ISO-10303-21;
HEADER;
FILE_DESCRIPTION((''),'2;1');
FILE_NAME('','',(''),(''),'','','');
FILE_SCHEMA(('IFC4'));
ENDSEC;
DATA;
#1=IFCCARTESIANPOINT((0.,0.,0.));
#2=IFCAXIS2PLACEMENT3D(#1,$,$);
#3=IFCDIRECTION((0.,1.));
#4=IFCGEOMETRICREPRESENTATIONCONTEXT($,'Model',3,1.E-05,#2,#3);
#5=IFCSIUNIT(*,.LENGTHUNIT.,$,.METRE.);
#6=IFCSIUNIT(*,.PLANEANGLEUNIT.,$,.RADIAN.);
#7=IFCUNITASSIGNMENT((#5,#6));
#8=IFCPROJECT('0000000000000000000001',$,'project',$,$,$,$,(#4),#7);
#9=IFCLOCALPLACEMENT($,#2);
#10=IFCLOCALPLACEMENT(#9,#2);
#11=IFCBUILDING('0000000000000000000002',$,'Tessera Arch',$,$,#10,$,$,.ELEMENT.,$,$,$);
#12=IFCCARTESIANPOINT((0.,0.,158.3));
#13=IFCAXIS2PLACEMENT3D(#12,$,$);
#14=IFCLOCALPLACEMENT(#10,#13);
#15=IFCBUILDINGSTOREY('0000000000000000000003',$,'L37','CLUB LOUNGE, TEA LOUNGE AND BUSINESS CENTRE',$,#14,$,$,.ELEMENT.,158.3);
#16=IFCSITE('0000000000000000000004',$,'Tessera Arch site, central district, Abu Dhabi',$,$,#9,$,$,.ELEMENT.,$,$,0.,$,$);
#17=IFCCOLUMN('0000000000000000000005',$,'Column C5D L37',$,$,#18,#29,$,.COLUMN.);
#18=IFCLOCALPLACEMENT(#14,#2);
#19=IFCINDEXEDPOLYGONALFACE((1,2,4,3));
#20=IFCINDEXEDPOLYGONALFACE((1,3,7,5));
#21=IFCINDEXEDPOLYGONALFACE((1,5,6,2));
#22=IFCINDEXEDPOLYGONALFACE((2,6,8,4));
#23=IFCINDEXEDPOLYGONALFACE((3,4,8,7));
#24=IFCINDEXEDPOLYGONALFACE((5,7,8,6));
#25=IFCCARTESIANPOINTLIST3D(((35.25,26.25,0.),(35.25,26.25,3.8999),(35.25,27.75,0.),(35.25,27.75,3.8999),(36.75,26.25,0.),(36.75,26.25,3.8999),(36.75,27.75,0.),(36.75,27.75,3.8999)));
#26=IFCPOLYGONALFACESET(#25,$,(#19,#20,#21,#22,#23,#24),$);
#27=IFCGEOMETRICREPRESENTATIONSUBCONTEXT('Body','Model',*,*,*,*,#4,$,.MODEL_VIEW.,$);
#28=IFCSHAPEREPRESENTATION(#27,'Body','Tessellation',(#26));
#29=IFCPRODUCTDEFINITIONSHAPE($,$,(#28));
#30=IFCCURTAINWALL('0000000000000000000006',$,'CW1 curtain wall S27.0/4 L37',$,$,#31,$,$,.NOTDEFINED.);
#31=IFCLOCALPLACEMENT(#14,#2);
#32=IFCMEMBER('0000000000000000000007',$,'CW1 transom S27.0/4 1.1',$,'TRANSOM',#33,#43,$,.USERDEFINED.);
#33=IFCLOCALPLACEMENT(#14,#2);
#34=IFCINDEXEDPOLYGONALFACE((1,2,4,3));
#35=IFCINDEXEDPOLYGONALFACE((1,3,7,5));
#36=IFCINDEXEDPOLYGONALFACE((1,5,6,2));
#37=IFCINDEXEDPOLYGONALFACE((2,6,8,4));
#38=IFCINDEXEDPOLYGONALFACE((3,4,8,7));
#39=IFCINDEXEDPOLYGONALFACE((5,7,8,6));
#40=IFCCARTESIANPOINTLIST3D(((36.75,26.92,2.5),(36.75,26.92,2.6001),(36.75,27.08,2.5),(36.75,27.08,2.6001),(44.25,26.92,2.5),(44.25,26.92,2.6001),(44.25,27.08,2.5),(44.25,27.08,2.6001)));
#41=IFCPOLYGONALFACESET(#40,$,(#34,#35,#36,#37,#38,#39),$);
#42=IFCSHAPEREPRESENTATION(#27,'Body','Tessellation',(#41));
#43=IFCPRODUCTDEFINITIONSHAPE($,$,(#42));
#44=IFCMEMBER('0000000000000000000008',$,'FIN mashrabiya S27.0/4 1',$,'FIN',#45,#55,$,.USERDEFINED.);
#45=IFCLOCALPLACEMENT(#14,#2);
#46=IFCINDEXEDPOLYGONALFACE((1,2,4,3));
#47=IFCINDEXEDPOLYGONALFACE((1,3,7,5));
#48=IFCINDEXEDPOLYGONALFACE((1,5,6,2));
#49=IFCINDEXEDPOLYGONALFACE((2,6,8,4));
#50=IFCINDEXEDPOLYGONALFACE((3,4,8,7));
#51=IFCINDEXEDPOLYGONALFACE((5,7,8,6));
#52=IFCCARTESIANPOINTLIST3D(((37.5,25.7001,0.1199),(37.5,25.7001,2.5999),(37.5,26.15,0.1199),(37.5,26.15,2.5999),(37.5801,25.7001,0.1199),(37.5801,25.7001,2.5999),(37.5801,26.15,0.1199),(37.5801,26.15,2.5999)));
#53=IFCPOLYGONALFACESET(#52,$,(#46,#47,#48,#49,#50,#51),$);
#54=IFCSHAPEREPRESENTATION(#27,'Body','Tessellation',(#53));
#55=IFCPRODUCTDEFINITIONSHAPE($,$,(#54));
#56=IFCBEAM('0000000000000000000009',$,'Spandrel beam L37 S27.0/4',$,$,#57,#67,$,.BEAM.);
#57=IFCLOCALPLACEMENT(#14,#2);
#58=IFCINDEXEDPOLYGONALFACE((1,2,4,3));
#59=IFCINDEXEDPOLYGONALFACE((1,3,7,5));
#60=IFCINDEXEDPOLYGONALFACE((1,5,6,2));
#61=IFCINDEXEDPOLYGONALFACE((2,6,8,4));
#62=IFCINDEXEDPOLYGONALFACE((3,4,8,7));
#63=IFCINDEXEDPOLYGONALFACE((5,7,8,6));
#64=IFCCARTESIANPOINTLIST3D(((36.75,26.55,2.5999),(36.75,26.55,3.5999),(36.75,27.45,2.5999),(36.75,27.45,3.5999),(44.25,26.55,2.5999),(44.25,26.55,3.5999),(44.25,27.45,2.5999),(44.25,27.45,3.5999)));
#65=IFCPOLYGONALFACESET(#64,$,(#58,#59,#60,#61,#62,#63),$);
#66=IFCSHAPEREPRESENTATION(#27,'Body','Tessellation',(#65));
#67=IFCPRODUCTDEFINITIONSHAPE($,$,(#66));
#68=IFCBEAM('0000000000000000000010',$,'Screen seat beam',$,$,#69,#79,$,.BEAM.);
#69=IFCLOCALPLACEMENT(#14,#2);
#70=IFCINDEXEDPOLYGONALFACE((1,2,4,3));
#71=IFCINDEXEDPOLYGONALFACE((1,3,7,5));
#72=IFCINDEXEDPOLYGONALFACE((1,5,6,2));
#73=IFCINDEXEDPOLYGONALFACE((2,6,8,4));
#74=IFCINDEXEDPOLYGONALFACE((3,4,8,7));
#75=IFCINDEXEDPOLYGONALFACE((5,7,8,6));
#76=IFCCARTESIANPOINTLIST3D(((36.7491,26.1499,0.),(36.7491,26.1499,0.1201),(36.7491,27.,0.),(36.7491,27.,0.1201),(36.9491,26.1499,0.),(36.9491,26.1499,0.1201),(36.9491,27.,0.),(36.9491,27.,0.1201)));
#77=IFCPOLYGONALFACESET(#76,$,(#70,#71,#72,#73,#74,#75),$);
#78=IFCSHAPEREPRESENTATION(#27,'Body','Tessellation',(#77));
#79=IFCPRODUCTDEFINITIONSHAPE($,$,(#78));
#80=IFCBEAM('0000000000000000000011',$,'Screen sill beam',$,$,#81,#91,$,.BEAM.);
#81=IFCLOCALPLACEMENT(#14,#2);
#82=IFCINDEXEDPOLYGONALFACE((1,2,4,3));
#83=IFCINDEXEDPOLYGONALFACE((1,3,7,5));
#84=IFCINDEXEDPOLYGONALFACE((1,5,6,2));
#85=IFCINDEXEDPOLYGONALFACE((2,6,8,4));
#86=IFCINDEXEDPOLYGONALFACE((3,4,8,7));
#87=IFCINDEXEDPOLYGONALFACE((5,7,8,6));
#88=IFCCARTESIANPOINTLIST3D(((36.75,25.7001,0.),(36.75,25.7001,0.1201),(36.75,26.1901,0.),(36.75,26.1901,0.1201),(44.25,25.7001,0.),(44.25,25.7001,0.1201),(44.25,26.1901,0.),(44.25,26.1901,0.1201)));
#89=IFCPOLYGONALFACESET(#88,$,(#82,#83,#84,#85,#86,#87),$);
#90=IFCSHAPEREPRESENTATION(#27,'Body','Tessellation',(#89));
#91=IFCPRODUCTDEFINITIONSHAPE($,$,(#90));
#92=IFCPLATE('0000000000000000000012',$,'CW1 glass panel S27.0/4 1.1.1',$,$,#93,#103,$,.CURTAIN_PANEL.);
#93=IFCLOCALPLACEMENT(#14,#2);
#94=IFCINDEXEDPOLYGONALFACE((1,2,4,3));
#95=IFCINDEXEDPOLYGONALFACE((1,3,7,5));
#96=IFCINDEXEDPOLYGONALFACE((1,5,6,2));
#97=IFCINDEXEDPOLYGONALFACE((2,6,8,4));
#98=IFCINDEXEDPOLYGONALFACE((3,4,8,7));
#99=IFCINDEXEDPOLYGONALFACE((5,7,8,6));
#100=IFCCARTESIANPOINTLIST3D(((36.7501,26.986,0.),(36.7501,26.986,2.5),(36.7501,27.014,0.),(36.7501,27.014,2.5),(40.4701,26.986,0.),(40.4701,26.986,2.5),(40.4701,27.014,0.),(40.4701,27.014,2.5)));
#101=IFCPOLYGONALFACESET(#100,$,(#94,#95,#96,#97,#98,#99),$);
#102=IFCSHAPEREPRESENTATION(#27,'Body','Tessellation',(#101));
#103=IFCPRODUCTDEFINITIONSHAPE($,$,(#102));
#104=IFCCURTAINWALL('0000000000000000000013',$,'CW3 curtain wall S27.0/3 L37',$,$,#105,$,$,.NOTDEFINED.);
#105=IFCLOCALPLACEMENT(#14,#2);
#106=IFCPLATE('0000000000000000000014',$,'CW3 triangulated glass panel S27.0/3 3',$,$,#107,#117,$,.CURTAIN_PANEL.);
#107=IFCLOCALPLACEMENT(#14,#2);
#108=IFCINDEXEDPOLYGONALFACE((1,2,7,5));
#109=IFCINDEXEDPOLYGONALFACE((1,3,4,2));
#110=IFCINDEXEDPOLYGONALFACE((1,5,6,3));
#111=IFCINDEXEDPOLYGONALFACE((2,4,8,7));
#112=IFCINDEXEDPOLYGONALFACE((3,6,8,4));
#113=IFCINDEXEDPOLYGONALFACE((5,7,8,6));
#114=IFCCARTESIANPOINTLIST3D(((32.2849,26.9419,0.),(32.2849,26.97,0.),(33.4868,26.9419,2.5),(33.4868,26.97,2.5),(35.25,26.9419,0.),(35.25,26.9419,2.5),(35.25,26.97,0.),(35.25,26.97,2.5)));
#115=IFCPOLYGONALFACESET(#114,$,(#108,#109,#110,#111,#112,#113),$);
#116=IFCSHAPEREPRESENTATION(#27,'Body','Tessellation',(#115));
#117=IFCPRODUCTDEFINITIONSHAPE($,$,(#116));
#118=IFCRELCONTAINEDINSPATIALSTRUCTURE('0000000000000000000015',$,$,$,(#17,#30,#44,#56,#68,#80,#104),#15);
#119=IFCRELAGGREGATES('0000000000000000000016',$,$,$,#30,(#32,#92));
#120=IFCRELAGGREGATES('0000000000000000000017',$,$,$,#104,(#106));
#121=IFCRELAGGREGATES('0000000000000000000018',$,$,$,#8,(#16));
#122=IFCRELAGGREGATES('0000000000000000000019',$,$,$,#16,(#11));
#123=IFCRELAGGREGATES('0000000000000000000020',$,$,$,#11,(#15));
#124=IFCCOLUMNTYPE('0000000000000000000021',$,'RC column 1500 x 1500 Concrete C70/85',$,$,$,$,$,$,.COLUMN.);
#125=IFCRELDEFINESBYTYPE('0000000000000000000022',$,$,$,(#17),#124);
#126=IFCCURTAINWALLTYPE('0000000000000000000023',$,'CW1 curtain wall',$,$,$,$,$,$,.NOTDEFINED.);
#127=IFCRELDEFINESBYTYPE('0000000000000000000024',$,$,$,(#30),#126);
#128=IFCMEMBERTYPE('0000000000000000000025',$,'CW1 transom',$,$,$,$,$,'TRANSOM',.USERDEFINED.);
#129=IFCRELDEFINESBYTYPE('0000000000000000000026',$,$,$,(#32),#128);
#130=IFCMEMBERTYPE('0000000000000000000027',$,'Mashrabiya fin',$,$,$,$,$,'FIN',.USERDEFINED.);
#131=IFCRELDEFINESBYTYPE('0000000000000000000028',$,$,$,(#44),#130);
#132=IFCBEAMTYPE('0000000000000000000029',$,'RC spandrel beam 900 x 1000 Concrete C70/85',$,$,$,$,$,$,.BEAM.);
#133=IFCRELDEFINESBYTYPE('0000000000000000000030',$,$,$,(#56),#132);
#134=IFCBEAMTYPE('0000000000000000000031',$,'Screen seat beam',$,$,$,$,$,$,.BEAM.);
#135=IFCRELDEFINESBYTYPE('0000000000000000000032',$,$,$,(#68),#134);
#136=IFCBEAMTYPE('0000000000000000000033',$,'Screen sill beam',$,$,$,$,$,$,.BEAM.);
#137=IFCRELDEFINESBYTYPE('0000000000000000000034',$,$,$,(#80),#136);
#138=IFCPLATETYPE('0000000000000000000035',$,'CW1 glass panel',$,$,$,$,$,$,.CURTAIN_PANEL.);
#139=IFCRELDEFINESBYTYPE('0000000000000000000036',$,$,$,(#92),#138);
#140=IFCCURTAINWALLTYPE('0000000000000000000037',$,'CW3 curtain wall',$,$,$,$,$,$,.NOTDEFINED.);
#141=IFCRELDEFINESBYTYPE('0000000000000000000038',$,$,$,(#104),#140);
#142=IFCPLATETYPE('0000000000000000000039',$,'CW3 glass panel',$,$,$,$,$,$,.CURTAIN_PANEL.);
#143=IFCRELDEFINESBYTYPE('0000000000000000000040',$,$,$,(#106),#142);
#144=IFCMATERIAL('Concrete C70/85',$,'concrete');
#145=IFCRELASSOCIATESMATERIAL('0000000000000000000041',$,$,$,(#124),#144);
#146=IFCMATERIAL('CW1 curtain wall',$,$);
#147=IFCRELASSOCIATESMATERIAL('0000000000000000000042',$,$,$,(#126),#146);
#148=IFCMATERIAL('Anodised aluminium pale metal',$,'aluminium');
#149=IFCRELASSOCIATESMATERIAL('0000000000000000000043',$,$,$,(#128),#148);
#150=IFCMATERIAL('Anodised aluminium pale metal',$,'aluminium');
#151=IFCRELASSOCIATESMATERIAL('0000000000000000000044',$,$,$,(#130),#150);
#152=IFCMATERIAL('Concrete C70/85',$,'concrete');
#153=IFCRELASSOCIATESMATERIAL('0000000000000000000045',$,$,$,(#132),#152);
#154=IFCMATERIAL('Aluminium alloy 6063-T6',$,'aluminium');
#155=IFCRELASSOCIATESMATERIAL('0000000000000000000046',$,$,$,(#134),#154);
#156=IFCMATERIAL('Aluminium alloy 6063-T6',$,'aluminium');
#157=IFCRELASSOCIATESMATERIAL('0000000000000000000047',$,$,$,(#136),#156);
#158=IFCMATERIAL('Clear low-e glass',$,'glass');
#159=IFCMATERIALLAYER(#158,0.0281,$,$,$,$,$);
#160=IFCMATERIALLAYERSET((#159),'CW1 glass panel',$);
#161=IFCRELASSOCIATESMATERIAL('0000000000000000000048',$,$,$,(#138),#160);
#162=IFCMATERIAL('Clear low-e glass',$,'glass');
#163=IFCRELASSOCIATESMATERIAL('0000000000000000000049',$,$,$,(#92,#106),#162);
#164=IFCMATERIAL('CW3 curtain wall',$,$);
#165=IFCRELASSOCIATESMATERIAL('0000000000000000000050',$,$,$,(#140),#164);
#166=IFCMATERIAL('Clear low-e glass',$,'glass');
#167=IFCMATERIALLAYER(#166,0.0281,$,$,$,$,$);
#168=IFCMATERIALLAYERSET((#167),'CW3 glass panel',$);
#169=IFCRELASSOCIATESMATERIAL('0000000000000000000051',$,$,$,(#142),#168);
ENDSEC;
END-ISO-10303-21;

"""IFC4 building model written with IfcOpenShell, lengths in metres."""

from ifc_helpers import new_model, si_unit, direction, frame, origin, origin_2d, place, context, subcontext, project, spatial, polyline, rectangle, outline, extrude, material, layer, layer_set, material_profile, profile_set, type_object, element, aggregate, save


model = new_model("IFC4")

# Units and contexts
model_context = context("Model", 3, precision=1e-05, world=origin(), true_north=direction((0.0, 1.0)))
body_context = subcontext(model_context, "Body", "Model", "MODEL_VIEW")
ifc_project = project(units=[si_unit("LENGTHUNIT", "METRE"), si_unit("PLANEANGLEUNIT", "RADIAN")], contexts=[model_context])

# Site, building, storey
site_placement = place(None, origin())
site = spatial("IfcSite", under=ifc_project, at=site_placement, Name="Tessera Arch site, central district, Abu Dhabi", CompositionType="ELEMENT", RefElevation=0.0)
building_placement = place(site_placement, origin())
building = spatial("IfcBuilding", under=site, at=building_placement, Name="Tessera Arch", CompositionType="ELEMENT")
storey_placement = place(building_placement, frame((0.0, 0.0, 158.3)))
storey = spatial("IfcBuildingStorey", under=building, at=storey_placement, Name="L37", Description="CLUB LOUNGE, TEA LOUNGE AND BUSINESS CENTRE", CompositionType="ELEMENT", Elevation=158.3)

# Column
ifc_material_1 = material(Name="Concrete C70/85", Category="concrete")
ifc_material_profile_1 = material_profile(ifc_material_1, rectangle(XDim=1.5, YDim=1.5, at=origin_2d()), Name="RC column 1500 x 1500 Concrete C70/85")
ifc_profile_set_1 = profile_set([ifc_material_profile_1], Name="Concrete C70/85")
column_type = type_object("IfcColumnType", Name="RC column 1500 x 1500 Concrete C70/85", PredefinedType="COLUMN", material=ifc_profile_set_1)
column_placement = place(storey_placement, frame((36.0, 27.0, 0.0), z_axis=(0.0, 0.0, 1.0), x_axis=(1.0, 0.0, 0.0)))
element("IfcColumn", 1, at=column_placement, inside=storey, type_object=column_type, Name="Column C5D L37", PredefinedType="COLUMN", context=body_context, shape_type="SweptSolid", body=[
    extrude(rectangle(XDim=1.5, YDim=1.5, at=origin_2d()), origin(), (0.0, 0.0, 1.0), 3.8999),
])

# Curtain wall, member
ifc_material_2 = material(Name="CW1 curtain wall")
curtain_wall_type_1 = type_object("IfcCurtainWallType", Name="CW1 curtain wall", PredefinedType="NOTDEFINED", material=ifc_material_2)
curtain_wall_1_placement = place(storey_placement, origin())
curtain_wall_1 = element("IfcCurtainWall", 2, at=curtain_wall_1_placement, inside=storey, type_object=curtain_wall_type_1, Name="CW1 curtain wall S27.0/4 L37", PredefinedType="NOTDEFINED")
ifc_material_3 = material(Name="Anodised aluminium pale metal", Category="aluminium")
ifc_material_profile_2 = material_profile(ifc_material_3, rectangle(XDim=0.1599, YDim=0.1001, at=origin_2d()), Name="AL 160x100")
ifc_profile_set_2 = profile_set([ifc_material_profile_2], Name="Anodised aluminium pale metal")
member_type_1 = type_object("IfcMemberType", Name="CW1 transom", ElementType="TRANSOM", PredefinedType="USERDEFINED", material=ifc_profile_set_2)
member_1_placement = place(storey_placement, frame((36.75, 27.0, 2.55), z_axis=(1.0, 0.0, 0.0), x_axis=(0.0, 1.0, 0.0)))
member_1 = element("IfcMember", 3, at=member_1_placement, type_object=member_type_1, Name="CW1 transom S27.0/4 1.1", ObjectType="TRANSOM", PredefinedType="USERDEFINED", context=body_context, shape_type="SweptSolid", body=[
    extrude(rectangle(XDim=0.1599, YDim=0.1001, at=origin_2d()), origin(), (0.0, 0.0, 1.0), 7.5),
])

# Member
ifc_material_4 = material(Name="Anodised aluminium pale metal", Category="aluminium")
ifc_material_profile_3 = material_profile(ifc_material_4, rectangle(XDim=0.45, YDim=0.0801, at=origin_2d()), Name="AL 80x450")
ifc_profile_set_3 = profile_set([ifc_material_profile_3], Name="Anodised aluminium pale metal")
member_type_2 = type_object("IfcMemberType", Name="Mashrabiya fin", ElementType="FIN", PredefinedType="USERDEFINED", material=ifc_profile_set_3)
member_2_placement = place(storey_placement, frame((37.54, 25.925, 0.1199), z_axis=(0.0, 0.0, 1.0), x_axis=(0.0, -1.0, 0.0)))
element("IfcMember", 4, at=member_2_placement, inside=storey, type_object=member_type_2, Name="FIN mashrabiya S27.0/4 1", ObjectType="FIN", PredefinedType="USERDEFINED", context=body_context, shape_type="SweptSolid", body=[
    extrude(rectangle(XDim=0.45, YDim=0.0801, at=origin_2d()), origin(), (0.0, 0.0, 1.0), 2.48),
])

# Beams
ifc_material_5 = material(Name="Concrete C70/85", Category="concrete")
ifc_material_profile_4 = material_profile(ifc_material_5, rectangle(XDim=0.8999, YDim=1.0, at=origin_2d()), Name="RC spandrel beam 900 x 1000 Concrete C70/85")
ifc_profile_set_4 = profile_set([ifc_material_profile_4], Name="Concrete C70/85")
beam_type_1 = type_object("IfcBeamType", Name="RC spandrel beam 900 x 1000 Concrete C70/85", PredefinedType="BEAM", material=ifc_profile_set_4)
beam_1_placement = place(storey_placement, frame((36.75, 27.0, 3.0999), z_axis=(1.0, 0.0, 0.0), x_axis=(0.0, 1.0, 0.0)))
element("IfcBeam", 5, at=beam_1_placement, inside=storey, type_object=beam_type_1, Name="Spandrel beam L37 S27.0/4", PredefinedType="BEAM", context=body_context, shape_type="SweptSolid", body=[
    extrude(rectangle(XDim=0.8999, YDim=1.0, at=origin_2d()), origin(), (0.0, 0.0, 1.0), 7.5),
])
ifc_material_6 = material(Name="Aluminium alloy 6063-T6", Category="aluminium")
ifc_material_profile_5 = material_profile(ifc_material_6, rectangle(XDim=0.2, YDim=0.1201, at=origin_2d()), Name="AL 200x120")
ifc_profile_set_5 = profile_set([ifc_material_profile_5], Name="Aluminium alloy 6063-T6")
beam_type_2 = type_object("IfcBeamType", Name="Screen seat beam", PredefinedType="BEAM", material=ifc_profile_set_5)
beam_2_placement = place(storey_placement, frame((36.8491, 27.0, 0.0601), z_axis=(0.0, -1.0, 0.0), x_axis=(1.0, 0.0, 0.0)))
element("IfcBeam", 6, at=beam_2_placement, inside=storey, type_object=beam_type_2, Name="Screen seat beam", PredefinedType="BEAM", context=body_context, shape_type="SweptSolid", body=[
    extrude(rectangle(XDim=0.2, YDim=0.1201, at=origin_2d()), origin(), (0.0, 0.0, 1.0), 0.8501),
])
ifc_material_7 = material(Name="Aluminium alloy 6063-T6", Category="aluminium")
ifc_material_profile_6 = material_profile(ifc_material_7, rectangle(XDim=0.49, YDim=0.1201, at=origin_2d()), Name="AL 490x120")
ifc_profile_set_6 = profile_set([ifc_material_profile_6], Name="Aluminium alloy 6063-T6")
beam_type_3 = type_object("IfcBeamType", Name="Screen sill beam", PredefinedType="BEAM", material=ifc_profile_set_6)
beam_3_placement = place(storey_placement, frame((36.75, 25.9451, 0.0601), z_axis=(1.0, 0.0, 0.0), x_axis=(0.0, 1.0, 0.0)))
element("IfcBeam", 7, at=beam_3_placement, inside=storey, type_object=beam_type_3, Name="Screen sill beam", PredefinedType="BEAM", context=body_context, shape_type="SweptSolid", body=[
    extrude(rectangle(XDim=0.49, YDim=0.1201, at=origin_2d()), origin(), (0.0, 0.0, 1.0), 7.5),
])

# Plate
ifc_material_8 = material(Name="Clear low-e glass", Category="glass")
ifc_material_9 = material(Name="Clear low-e glass", Category="glass")
ifc_layer_1 = layer(ifc_material_9, 0.0281)
ifc_layer_set_1 = layer_set([ifc_layer_1], Name="CW1 glass panel")
plate_type_1 = type_object("IfcPlateType", Name="CW1 glass panel", PredefinedType="CURTAIN_PANEL", material=ifc_layer_set_1)
plate_1_placement = place(storey_placement, frame((38.6101, 27.0, 0.0), z_axis=(0.0, 0.0, 1.0), x_axis=(1.0, 0.0, 0.0)))
plate_1 = element("IfcPlate", 8, at=plate_1_placement, type_object=plate_type_1, material=ifc_material_8, Name="CW1 glass panel S27.0/4 1.1.1", PredefinedType="CURTAIN_PANEL", context=body_context, shape_type="SweptSolid", body=[
    extrude(rectangle(XDim=3.72, YDim=0.0281, at=origin_2d()), origin(), (0.0, 0.0, 1.0), 2.5),
])
aggregate(curtain_wall_1, [member_1, plate_1])

# Curtain wall, plate
ifc_material_10 = material(Name="CW3 curtain wall")
curtain_wall_type_2 = type_object("IfcCurtainWallType", Name="CW3 curtain wall", PredefinedType="NOTDEFINED", material=ifc_material_10)
curtain_wall_2_placement = place(storey_placement, origin())
curtain_wall_2 = element("IfcCurtainWall", 9, at=curtain_wall_2_placement, inside=storey, type_object=curtain_wall_type_2, Name="CW3 curtain wall S27.0/3 L37", PredefinedType="NOTDEFINED")
ifc_material_11 = material(Name="Clear low-e glass", Category="glass")
ifc_layer_2 = layer(ifc_material_11, 0.0281)
ifc_layer_set_2 = layer_set([ifc_layer_2], Name="CW3 glass panel")
plate_type_2 = type_object("IfcPlateType", Name="CW3 glass panel", PredefinedType="CURTAIN_PANEL", material=ifc_layer_set_2)
plate_2_placement = place(storey_placement, frame((35.25, 26.9419, 2.5), z_axis=(0.0, -1.0, 0.0), x_axis=(-1.0, 0.0, 0.0)))
plate_2 = element("IfcPlate", 10, at=plate_2_placement, type_object=plate_type_2, material=ifc_material_8, Name="CW3 triangulated glass panel S27.0/3 3", PredefinedType="CURTAIN_PANEL", context=body_context, shape_type="SweptSolid", body=[
    extrude(outline(polyline([(0.0, 0.0), (1.7632, 0.0), (2.9651, 2.5), (0.0, 2.5), (0.0, 0.0)])), origin(), (0.0, 0.0, -1.0), 0.0281),
])
aggregate(curtain_wall_2, [plate_2])

save(model, "model.ifc")
